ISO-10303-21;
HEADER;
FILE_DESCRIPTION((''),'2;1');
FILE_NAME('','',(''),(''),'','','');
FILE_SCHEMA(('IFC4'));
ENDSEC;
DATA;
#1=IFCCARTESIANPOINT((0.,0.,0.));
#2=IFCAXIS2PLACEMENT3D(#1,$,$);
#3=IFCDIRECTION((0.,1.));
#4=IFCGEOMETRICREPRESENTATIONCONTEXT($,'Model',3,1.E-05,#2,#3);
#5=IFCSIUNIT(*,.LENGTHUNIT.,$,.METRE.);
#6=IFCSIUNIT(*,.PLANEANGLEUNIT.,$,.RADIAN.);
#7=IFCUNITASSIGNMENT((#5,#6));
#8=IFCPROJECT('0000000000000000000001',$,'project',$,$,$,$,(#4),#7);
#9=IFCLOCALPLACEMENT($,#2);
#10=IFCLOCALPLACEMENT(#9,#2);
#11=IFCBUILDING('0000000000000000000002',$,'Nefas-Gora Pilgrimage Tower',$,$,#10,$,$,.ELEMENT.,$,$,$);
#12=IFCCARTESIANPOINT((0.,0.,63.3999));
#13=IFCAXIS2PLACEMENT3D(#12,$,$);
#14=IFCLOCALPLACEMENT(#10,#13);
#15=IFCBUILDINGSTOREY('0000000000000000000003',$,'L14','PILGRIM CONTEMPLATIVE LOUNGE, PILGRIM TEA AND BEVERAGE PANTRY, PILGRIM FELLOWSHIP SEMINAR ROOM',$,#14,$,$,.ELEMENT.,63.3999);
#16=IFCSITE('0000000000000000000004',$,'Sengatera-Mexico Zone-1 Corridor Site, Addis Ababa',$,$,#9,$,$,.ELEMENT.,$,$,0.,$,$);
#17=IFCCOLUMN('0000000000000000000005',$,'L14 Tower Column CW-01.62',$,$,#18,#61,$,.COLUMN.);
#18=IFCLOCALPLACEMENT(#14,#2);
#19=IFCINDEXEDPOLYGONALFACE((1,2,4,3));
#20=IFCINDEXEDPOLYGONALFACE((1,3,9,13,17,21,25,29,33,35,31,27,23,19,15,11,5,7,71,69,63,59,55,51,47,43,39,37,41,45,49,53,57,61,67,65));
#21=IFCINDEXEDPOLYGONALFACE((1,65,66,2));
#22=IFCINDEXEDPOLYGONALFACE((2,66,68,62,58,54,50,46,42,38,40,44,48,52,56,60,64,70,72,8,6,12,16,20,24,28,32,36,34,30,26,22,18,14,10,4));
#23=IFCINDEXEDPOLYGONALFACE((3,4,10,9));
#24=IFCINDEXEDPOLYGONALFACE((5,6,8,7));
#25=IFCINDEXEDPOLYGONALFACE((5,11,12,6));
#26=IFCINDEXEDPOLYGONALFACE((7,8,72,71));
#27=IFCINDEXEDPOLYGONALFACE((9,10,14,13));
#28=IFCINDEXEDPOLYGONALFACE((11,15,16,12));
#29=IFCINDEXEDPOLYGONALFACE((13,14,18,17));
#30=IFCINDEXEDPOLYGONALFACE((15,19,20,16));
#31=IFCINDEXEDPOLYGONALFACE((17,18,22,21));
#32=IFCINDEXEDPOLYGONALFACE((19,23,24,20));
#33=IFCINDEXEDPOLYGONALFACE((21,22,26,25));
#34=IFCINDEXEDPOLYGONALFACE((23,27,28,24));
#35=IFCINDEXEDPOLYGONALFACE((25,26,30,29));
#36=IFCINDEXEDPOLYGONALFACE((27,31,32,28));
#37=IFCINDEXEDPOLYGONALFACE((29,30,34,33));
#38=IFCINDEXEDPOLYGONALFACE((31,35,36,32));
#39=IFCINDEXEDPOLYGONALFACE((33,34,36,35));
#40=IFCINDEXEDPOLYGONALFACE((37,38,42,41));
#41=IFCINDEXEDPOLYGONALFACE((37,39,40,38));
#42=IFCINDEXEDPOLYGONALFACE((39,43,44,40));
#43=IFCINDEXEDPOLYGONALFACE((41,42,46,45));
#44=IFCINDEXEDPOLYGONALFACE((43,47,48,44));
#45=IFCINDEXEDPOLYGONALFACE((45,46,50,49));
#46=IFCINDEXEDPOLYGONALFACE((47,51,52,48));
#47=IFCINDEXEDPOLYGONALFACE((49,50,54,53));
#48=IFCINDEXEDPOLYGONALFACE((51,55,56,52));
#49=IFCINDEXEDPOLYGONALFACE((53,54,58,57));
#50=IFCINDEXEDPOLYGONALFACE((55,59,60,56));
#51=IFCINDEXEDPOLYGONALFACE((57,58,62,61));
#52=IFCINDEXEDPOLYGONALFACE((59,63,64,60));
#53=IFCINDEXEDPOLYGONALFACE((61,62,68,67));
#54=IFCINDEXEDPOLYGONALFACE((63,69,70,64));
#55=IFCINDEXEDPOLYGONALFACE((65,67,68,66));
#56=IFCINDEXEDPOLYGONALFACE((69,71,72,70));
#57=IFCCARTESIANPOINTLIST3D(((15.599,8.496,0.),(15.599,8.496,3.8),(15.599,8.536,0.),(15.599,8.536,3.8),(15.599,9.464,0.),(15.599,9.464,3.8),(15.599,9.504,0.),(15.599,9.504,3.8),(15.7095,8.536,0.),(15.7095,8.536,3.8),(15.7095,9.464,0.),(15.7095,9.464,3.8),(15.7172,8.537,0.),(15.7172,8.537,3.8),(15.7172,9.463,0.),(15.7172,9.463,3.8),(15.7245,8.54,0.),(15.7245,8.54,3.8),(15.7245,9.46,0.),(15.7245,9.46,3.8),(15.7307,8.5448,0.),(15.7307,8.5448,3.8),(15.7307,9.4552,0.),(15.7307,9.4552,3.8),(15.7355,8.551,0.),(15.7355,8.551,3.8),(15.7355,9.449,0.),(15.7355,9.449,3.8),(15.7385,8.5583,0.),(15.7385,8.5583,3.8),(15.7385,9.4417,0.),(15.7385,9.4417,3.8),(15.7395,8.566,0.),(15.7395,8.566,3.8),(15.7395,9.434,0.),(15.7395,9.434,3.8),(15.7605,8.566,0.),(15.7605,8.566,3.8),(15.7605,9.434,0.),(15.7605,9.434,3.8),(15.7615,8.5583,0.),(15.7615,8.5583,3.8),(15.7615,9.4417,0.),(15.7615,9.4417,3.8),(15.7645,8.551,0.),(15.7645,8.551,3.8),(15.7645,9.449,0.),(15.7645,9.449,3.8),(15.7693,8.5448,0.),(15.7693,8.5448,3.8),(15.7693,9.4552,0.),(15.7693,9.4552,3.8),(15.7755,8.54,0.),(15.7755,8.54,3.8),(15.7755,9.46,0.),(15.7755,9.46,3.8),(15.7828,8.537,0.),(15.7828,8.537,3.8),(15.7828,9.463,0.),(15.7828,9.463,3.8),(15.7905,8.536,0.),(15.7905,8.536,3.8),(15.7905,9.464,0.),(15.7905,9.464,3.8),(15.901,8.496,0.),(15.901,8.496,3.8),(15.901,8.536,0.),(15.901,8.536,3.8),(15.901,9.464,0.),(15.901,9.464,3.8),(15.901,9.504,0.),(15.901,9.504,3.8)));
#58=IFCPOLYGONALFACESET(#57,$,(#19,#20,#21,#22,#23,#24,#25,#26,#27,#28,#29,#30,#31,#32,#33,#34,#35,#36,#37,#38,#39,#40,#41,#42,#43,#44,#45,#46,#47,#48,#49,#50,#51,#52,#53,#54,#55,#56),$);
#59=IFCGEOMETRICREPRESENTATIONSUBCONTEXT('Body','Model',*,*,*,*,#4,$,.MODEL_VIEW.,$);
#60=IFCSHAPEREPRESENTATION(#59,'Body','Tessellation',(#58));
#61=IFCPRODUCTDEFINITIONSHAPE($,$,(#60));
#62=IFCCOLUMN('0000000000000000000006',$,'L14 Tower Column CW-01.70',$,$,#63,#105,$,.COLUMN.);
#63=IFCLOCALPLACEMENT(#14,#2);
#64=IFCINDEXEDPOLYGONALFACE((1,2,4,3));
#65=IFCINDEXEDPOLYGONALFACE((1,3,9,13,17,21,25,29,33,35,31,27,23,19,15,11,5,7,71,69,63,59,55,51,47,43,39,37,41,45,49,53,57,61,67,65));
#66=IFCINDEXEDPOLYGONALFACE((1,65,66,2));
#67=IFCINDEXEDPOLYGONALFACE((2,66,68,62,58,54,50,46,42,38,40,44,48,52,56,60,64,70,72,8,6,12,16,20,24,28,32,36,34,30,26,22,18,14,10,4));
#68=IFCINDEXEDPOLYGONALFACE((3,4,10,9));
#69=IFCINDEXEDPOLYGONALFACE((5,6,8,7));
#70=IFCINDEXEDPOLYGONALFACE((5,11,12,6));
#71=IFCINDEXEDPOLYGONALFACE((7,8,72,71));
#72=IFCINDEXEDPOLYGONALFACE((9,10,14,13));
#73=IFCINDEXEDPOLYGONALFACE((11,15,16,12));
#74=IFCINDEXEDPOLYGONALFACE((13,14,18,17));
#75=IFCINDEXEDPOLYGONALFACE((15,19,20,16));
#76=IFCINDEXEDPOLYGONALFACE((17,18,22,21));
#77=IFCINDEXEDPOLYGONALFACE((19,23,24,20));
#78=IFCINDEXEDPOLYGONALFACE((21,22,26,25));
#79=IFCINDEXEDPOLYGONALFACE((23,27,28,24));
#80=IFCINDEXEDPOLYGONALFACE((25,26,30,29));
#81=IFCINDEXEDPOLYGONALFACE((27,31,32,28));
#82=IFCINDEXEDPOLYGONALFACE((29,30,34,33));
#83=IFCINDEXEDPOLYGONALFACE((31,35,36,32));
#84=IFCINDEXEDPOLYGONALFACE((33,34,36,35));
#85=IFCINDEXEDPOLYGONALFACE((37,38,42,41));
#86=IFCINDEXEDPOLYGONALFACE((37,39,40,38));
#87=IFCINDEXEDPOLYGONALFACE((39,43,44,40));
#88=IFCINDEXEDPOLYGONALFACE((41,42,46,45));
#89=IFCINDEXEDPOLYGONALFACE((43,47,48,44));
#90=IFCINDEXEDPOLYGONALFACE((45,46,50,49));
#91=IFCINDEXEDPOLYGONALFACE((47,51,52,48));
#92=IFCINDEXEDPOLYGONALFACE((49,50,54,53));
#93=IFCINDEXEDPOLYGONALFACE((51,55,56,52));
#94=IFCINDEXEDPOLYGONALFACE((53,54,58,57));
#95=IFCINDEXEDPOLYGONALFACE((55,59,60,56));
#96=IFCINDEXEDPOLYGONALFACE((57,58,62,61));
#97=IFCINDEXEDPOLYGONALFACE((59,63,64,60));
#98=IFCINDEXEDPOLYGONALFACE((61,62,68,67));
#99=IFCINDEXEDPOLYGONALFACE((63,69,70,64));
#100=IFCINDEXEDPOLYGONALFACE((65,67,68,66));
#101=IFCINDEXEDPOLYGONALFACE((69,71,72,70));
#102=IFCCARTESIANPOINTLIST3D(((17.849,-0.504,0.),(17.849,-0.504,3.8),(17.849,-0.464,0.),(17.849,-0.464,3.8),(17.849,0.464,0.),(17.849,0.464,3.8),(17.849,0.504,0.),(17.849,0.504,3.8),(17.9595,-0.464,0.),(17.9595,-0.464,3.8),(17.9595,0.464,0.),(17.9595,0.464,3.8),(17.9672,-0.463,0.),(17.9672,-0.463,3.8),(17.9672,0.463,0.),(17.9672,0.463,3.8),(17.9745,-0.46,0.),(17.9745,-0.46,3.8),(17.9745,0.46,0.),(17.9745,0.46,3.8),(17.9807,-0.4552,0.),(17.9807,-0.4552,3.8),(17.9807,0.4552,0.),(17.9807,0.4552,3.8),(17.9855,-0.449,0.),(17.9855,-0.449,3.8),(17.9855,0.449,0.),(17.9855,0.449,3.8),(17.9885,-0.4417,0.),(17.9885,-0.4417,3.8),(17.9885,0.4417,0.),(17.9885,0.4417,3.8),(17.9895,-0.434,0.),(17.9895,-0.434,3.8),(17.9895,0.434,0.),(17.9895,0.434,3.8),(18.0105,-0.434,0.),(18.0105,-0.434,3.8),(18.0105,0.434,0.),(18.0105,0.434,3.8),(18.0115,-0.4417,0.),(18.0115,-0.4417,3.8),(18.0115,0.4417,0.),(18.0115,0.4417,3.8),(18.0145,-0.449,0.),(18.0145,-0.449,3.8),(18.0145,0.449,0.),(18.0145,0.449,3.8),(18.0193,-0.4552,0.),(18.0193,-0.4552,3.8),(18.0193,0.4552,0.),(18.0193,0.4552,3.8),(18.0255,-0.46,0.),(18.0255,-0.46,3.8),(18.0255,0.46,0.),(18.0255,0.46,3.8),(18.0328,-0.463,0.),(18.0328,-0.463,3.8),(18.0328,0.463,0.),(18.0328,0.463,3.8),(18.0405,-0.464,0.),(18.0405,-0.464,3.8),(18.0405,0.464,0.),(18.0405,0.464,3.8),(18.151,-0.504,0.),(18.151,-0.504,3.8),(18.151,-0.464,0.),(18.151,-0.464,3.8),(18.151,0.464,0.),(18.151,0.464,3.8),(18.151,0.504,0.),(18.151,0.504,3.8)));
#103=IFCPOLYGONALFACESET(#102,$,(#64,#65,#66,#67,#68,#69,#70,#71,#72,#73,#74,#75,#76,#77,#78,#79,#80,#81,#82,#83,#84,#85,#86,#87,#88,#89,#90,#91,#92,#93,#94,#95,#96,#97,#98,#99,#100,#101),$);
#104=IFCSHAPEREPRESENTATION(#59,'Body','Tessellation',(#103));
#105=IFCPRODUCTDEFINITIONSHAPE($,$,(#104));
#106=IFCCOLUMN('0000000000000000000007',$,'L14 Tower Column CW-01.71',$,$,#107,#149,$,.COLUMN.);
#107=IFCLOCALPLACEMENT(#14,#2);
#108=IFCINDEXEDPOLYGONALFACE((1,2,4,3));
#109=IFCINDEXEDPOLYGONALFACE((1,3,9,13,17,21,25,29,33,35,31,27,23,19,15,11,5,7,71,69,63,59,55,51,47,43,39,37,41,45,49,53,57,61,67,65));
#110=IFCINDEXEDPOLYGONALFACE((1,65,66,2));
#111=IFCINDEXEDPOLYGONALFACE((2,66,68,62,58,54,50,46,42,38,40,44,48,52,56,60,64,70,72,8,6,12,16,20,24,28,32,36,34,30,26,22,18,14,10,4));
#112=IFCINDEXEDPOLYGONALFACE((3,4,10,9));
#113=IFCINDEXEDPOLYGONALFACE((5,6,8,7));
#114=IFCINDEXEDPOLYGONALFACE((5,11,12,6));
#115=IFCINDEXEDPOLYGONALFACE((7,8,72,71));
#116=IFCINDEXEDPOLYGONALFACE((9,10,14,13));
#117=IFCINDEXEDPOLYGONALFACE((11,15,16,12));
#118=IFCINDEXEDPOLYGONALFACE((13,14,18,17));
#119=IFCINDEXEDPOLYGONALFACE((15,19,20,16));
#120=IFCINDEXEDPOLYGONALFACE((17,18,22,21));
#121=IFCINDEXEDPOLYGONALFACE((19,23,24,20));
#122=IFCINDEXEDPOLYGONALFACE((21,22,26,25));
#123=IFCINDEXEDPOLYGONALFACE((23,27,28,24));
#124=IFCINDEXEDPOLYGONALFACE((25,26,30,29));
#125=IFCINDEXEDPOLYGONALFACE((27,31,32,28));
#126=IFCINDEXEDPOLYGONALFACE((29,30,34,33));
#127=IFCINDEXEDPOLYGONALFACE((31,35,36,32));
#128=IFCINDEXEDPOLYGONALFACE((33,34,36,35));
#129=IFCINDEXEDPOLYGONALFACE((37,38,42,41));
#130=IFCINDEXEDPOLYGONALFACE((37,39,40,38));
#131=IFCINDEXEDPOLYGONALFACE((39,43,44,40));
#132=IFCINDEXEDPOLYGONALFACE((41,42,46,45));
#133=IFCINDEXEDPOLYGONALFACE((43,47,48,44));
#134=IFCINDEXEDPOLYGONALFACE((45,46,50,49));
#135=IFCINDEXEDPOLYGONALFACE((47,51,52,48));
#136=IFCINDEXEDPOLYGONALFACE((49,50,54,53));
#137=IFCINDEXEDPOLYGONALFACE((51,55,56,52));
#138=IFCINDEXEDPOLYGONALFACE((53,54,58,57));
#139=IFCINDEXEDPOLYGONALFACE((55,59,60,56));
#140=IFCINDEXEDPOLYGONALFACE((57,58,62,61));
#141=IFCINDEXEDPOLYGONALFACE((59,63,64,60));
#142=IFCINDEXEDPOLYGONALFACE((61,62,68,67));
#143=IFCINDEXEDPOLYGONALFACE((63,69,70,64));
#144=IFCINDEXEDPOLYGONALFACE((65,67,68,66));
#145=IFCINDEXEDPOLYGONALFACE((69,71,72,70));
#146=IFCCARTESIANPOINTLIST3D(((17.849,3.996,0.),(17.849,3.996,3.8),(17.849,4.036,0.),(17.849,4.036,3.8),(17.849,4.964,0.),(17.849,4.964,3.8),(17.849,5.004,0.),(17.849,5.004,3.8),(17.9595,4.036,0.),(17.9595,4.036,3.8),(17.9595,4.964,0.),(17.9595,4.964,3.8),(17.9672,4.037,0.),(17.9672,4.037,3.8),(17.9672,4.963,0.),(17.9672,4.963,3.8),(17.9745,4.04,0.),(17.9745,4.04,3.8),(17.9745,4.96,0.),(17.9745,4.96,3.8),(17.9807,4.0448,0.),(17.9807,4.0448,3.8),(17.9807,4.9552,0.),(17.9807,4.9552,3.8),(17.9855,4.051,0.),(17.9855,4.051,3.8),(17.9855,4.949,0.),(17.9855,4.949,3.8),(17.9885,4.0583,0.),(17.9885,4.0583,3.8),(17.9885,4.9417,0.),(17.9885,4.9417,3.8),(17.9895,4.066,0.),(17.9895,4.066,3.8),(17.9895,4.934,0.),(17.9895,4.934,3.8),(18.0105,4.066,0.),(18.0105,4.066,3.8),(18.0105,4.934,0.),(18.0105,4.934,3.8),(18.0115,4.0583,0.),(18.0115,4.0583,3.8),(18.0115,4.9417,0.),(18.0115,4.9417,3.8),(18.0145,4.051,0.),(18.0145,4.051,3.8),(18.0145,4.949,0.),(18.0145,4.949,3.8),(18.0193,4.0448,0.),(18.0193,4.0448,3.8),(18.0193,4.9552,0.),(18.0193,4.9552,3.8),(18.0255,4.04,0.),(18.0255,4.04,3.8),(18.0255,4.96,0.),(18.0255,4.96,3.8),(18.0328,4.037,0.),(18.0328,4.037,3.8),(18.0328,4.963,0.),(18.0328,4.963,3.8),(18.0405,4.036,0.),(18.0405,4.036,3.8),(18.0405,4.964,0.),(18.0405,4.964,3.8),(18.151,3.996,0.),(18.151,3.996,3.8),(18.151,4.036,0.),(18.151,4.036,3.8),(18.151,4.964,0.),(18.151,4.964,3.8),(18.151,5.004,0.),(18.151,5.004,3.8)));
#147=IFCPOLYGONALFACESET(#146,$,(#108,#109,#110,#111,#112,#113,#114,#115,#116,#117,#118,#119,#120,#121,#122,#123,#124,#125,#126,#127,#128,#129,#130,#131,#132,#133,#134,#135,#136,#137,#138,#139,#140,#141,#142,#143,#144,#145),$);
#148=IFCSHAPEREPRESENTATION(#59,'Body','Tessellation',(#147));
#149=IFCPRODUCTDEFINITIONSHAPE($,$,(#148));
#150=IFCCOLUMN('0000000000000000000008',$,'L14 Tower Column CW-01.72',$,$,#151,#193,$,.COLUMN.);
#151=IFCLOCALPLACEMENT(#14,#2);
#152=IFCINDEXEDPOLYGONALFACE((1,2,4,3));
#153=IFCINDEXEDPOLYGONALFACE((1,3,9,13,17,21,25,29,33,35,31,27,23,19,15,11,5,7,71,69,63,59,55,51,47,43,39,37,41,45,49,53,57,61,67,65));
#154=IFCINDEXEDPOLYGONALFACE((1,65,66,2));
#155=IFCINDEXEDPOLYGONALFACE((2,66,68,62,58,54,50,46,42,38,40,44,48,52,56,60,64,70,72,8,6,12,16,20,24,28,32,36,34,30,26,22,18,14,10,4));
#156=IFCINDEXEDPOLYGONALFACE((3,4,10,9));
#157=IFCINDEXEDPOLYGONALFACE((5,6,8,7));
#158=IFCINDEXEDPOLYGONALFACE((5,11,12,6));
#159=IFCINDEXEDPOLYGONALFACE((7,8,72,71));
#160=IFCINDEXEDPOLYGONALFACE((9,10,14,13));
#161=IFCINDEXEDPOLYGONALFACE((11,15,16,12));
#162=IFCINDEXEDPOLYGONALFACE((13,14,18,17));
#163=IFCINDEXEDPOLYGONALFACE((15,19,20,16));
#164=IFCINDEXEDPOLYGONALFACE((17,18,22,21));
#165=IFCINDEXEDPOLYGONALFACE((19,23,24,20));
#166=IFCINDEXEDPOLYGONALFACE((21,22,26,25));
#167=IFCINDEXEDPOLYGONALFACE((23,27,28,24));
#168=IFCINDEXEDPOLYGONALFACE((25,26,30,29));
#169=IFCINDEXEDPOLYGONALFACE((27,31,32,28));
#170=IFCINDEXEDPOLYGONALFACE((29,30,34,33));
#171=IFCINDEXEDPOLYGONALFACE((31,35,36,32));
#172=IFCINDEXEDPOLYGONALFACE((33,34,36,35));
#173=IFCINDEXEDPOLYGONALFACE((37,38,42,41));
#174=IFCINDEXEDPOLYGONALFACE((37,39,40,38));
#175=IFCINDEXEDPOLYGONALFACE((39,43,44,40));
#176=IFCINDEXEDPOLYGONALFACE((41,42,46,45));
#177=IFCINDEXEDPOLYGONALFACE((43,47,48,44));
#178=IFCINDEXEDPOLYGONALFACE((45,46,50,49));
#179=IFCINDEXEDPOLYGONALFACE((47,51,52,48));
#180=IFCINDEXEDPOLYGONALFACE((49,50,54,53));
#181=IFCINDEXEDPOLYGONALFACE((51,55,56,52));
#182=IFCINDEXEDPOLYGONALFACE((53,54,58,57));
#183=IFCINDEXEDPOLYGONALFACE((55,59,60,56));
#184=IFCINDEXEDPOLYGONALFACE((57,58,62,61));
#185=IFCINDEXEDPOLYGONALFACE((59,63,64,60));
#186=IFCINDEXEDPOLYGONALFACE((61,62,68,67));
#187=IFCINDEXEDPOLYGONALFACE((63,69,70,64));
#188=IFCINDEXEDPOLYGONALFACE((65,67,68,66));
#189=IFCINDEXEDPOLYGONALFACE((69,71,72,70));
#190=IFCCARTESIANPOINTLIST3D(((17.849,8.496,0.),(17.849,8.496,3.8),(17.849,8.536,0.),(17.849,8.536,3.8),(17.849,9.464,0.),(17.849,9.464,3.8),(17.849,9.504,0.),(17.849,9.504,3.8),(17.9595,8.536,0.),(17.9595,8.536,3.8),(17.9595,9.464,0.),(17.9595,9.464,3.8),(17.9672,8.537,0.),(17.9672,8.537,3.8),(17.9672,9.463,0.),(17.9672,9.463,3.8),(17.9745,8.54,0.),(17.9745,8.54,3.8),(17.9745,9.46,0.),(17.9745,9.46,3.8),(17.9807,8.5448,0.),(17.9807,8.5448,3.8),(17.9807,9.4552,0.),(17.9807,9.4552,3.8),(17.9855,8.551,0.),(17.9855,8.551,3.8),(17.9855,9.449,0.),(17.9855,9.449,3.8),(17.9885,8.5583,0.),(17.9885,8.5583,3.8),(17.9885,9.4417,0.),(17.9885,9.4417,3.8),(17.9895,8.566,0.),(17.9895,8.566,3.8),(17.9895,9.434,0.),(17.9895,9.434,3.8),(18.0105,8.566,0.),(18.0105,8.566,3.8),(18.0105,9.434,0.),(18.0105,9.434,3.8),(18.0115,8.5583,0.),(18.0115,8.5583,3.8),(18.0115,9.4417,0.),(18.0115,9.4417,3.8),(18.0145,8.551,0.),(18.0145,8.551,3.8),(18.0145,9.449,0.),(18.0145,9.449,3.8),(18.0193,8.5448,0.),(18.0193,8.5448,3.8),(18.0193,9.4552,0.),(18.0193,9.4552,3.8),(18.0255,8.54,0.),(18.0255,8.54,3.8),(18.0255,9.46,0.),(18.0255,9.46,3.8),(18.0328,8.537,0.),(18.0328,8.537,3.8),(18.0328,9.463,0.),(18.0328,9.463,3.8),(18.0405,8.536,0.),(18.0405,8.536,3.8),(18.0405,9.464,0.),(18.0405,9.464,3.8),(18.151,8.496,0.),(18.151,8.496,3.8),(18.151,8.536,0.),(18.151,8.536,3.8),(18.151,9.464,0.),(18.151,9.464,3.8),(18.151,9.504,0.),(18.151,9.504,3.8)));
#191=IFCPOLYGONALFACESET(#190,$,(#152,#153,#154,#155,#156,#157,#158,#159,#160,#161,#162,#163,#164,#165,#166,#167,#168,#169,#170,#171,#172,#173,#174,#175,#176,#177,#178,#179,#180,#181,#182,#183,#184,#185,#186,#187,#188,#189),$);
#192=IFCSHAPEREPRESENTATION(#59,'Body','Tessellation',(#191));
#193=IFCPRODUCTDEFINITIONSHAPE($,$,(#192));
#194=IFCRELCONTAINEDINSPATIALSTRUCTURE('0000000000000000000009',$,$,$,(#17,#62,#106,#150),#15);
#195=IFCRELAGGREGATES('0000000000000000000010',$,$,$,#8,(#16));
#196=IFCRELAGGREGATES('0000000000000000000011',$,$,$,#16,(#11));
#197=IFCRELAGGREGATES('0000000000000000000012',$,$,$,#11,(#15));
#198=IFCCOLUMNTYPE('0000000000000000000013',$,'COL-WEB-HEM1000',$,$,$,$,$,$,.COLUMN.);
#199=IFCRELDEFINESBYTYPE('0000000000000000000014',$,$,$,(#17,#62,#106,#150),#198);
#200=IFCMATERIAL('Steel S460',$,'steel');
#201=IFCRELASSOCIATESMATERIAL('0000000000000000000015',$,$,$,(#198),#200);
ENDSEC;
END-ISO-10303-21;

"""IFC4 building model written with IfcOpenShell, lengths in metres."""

from ifc_helpers import new_model, si_unit, direction, frame, origin, origin_2d, place, context, subcontext, project, spatial, i_section, extrude, source, transform, mapped, material, material_profile, profile_set, type_object, element, save


model = new_model("IFC4")

# Units and contexts
model_context = context("Model", 3, precision=1e-05, world=origin(), true_north=direction((0.0, 1.0)))
body_context = subcontext(model_context, "Body", "Model", "MODEL_VIEW")
ifc_project = project(units=[si_unit("LENGTHUNIT", "METRE"), si_unit("PLANEANGLEUNIT", "RADIAN")], contexts=[model_context])

# Site, building, storey
site_placement = place(None, origin())
site = spatial("IfcSite", under=ifc_project, at=site_placement, Name="Sengatera-Mexico Zone-1 Corridor Site, Addis Ababa", CompositionType="ELEMENT", RefElevation=0.0)
building_placement = place(site_placement, origin())
building = spatial("IfcBuilding", under=site, at=building_placement, Name="Nefas-Gora Pilgrimage Tower", CompositionType="ELEMENT")
storey_placement = place(building_placement, frame((0.0, 0.0, 63.3999)))
storey = spatial("IfcBuildingStorey", under=building, at=storey_placement, Name="L14", Description="PILGRIM CONTEMPLATIVE LOUNGE, PILGRIM TEA AND BEVERAGE PANTRY, PILGRIM FELLOWSHIP SEMINAR ROOM", CompositionType="ELEMENT", Elevation=63.3999)

# Columns
ifc_material_1 = material(Name="Steel S460", Category="steel")
ifc_material_profile_1 = material_profile(ifc_material_1, i_section(OverallWidth=0.302, OverallDepth=1.0081, WebThickness=0.021, FlangeThickness=0.04, FilletRadius=0.03, at=origin_2d()), Name="HEM 1000")
ifc_profile_set_1 = profile_set([ifc_material_profile_1], Name="Steel S460")
column_type_1 = type_object("IfcColumnType", Name="COL-WEB-HEM1000", PredefinedType="COLUMN", material=ifc_profile_set_1)
shared_shape_1 = source(origin(), body_context, "Body", "SweptSolid", [
    extrude(i_section(OverallWidth=0.302, OverallDepth=1.0081, WebThickness=0.021, FlangeThickness=0.04, FilletRadius=0.03, at=origin_2d()), origin(), (0.0, 0.0, 1.0), 3.8),
])
for number, where, z_axis, x_axis, name in (
    (1, (15.75, 9.0, 0.0), (0.0, 0.0, 1.0), (1.0, 0.0, 0.0), "L14 Tower Column CW-01.62"),
    (2, (18.0, 0.0, 0.0), (0.0, 0.0, 1.0), (1.0, 0.0, 0.0), "L14 Tower Column CW-01.70"),
    (3, (18.0, 4.5, 0.0), (0.0, 0.0, 1.0), (1.0, 0.0, 0.0), "L14 Tower Column CW-01.71"),
    (4, (18.0, 9.0, 0.0), (0.0, 0.0, 1.0), (1.0, 0.0, 0.0), "L14 Tower Column CW-01.72"),
):
    element("IfcColumn", number, at=place(storey_placement, frame(where, z_axis=z_axis, x_axis=x_axis)), inside=storey, type_object=column_type_1, Name=name, PredefinedType="COLUMN", context=body_context, shape_type="MappedRepresentation", body=[
        mapped(shared_shape_1, transform((0.0, 0.0, 0.0), x_axis=(1.0, 0.0, 0.0), y_axis=(0.0, 1.0, 0.0), z_axis=(0.0, 0.0, 1.0), scale=1.0)),
    ])

save(model, "model.ifc")
